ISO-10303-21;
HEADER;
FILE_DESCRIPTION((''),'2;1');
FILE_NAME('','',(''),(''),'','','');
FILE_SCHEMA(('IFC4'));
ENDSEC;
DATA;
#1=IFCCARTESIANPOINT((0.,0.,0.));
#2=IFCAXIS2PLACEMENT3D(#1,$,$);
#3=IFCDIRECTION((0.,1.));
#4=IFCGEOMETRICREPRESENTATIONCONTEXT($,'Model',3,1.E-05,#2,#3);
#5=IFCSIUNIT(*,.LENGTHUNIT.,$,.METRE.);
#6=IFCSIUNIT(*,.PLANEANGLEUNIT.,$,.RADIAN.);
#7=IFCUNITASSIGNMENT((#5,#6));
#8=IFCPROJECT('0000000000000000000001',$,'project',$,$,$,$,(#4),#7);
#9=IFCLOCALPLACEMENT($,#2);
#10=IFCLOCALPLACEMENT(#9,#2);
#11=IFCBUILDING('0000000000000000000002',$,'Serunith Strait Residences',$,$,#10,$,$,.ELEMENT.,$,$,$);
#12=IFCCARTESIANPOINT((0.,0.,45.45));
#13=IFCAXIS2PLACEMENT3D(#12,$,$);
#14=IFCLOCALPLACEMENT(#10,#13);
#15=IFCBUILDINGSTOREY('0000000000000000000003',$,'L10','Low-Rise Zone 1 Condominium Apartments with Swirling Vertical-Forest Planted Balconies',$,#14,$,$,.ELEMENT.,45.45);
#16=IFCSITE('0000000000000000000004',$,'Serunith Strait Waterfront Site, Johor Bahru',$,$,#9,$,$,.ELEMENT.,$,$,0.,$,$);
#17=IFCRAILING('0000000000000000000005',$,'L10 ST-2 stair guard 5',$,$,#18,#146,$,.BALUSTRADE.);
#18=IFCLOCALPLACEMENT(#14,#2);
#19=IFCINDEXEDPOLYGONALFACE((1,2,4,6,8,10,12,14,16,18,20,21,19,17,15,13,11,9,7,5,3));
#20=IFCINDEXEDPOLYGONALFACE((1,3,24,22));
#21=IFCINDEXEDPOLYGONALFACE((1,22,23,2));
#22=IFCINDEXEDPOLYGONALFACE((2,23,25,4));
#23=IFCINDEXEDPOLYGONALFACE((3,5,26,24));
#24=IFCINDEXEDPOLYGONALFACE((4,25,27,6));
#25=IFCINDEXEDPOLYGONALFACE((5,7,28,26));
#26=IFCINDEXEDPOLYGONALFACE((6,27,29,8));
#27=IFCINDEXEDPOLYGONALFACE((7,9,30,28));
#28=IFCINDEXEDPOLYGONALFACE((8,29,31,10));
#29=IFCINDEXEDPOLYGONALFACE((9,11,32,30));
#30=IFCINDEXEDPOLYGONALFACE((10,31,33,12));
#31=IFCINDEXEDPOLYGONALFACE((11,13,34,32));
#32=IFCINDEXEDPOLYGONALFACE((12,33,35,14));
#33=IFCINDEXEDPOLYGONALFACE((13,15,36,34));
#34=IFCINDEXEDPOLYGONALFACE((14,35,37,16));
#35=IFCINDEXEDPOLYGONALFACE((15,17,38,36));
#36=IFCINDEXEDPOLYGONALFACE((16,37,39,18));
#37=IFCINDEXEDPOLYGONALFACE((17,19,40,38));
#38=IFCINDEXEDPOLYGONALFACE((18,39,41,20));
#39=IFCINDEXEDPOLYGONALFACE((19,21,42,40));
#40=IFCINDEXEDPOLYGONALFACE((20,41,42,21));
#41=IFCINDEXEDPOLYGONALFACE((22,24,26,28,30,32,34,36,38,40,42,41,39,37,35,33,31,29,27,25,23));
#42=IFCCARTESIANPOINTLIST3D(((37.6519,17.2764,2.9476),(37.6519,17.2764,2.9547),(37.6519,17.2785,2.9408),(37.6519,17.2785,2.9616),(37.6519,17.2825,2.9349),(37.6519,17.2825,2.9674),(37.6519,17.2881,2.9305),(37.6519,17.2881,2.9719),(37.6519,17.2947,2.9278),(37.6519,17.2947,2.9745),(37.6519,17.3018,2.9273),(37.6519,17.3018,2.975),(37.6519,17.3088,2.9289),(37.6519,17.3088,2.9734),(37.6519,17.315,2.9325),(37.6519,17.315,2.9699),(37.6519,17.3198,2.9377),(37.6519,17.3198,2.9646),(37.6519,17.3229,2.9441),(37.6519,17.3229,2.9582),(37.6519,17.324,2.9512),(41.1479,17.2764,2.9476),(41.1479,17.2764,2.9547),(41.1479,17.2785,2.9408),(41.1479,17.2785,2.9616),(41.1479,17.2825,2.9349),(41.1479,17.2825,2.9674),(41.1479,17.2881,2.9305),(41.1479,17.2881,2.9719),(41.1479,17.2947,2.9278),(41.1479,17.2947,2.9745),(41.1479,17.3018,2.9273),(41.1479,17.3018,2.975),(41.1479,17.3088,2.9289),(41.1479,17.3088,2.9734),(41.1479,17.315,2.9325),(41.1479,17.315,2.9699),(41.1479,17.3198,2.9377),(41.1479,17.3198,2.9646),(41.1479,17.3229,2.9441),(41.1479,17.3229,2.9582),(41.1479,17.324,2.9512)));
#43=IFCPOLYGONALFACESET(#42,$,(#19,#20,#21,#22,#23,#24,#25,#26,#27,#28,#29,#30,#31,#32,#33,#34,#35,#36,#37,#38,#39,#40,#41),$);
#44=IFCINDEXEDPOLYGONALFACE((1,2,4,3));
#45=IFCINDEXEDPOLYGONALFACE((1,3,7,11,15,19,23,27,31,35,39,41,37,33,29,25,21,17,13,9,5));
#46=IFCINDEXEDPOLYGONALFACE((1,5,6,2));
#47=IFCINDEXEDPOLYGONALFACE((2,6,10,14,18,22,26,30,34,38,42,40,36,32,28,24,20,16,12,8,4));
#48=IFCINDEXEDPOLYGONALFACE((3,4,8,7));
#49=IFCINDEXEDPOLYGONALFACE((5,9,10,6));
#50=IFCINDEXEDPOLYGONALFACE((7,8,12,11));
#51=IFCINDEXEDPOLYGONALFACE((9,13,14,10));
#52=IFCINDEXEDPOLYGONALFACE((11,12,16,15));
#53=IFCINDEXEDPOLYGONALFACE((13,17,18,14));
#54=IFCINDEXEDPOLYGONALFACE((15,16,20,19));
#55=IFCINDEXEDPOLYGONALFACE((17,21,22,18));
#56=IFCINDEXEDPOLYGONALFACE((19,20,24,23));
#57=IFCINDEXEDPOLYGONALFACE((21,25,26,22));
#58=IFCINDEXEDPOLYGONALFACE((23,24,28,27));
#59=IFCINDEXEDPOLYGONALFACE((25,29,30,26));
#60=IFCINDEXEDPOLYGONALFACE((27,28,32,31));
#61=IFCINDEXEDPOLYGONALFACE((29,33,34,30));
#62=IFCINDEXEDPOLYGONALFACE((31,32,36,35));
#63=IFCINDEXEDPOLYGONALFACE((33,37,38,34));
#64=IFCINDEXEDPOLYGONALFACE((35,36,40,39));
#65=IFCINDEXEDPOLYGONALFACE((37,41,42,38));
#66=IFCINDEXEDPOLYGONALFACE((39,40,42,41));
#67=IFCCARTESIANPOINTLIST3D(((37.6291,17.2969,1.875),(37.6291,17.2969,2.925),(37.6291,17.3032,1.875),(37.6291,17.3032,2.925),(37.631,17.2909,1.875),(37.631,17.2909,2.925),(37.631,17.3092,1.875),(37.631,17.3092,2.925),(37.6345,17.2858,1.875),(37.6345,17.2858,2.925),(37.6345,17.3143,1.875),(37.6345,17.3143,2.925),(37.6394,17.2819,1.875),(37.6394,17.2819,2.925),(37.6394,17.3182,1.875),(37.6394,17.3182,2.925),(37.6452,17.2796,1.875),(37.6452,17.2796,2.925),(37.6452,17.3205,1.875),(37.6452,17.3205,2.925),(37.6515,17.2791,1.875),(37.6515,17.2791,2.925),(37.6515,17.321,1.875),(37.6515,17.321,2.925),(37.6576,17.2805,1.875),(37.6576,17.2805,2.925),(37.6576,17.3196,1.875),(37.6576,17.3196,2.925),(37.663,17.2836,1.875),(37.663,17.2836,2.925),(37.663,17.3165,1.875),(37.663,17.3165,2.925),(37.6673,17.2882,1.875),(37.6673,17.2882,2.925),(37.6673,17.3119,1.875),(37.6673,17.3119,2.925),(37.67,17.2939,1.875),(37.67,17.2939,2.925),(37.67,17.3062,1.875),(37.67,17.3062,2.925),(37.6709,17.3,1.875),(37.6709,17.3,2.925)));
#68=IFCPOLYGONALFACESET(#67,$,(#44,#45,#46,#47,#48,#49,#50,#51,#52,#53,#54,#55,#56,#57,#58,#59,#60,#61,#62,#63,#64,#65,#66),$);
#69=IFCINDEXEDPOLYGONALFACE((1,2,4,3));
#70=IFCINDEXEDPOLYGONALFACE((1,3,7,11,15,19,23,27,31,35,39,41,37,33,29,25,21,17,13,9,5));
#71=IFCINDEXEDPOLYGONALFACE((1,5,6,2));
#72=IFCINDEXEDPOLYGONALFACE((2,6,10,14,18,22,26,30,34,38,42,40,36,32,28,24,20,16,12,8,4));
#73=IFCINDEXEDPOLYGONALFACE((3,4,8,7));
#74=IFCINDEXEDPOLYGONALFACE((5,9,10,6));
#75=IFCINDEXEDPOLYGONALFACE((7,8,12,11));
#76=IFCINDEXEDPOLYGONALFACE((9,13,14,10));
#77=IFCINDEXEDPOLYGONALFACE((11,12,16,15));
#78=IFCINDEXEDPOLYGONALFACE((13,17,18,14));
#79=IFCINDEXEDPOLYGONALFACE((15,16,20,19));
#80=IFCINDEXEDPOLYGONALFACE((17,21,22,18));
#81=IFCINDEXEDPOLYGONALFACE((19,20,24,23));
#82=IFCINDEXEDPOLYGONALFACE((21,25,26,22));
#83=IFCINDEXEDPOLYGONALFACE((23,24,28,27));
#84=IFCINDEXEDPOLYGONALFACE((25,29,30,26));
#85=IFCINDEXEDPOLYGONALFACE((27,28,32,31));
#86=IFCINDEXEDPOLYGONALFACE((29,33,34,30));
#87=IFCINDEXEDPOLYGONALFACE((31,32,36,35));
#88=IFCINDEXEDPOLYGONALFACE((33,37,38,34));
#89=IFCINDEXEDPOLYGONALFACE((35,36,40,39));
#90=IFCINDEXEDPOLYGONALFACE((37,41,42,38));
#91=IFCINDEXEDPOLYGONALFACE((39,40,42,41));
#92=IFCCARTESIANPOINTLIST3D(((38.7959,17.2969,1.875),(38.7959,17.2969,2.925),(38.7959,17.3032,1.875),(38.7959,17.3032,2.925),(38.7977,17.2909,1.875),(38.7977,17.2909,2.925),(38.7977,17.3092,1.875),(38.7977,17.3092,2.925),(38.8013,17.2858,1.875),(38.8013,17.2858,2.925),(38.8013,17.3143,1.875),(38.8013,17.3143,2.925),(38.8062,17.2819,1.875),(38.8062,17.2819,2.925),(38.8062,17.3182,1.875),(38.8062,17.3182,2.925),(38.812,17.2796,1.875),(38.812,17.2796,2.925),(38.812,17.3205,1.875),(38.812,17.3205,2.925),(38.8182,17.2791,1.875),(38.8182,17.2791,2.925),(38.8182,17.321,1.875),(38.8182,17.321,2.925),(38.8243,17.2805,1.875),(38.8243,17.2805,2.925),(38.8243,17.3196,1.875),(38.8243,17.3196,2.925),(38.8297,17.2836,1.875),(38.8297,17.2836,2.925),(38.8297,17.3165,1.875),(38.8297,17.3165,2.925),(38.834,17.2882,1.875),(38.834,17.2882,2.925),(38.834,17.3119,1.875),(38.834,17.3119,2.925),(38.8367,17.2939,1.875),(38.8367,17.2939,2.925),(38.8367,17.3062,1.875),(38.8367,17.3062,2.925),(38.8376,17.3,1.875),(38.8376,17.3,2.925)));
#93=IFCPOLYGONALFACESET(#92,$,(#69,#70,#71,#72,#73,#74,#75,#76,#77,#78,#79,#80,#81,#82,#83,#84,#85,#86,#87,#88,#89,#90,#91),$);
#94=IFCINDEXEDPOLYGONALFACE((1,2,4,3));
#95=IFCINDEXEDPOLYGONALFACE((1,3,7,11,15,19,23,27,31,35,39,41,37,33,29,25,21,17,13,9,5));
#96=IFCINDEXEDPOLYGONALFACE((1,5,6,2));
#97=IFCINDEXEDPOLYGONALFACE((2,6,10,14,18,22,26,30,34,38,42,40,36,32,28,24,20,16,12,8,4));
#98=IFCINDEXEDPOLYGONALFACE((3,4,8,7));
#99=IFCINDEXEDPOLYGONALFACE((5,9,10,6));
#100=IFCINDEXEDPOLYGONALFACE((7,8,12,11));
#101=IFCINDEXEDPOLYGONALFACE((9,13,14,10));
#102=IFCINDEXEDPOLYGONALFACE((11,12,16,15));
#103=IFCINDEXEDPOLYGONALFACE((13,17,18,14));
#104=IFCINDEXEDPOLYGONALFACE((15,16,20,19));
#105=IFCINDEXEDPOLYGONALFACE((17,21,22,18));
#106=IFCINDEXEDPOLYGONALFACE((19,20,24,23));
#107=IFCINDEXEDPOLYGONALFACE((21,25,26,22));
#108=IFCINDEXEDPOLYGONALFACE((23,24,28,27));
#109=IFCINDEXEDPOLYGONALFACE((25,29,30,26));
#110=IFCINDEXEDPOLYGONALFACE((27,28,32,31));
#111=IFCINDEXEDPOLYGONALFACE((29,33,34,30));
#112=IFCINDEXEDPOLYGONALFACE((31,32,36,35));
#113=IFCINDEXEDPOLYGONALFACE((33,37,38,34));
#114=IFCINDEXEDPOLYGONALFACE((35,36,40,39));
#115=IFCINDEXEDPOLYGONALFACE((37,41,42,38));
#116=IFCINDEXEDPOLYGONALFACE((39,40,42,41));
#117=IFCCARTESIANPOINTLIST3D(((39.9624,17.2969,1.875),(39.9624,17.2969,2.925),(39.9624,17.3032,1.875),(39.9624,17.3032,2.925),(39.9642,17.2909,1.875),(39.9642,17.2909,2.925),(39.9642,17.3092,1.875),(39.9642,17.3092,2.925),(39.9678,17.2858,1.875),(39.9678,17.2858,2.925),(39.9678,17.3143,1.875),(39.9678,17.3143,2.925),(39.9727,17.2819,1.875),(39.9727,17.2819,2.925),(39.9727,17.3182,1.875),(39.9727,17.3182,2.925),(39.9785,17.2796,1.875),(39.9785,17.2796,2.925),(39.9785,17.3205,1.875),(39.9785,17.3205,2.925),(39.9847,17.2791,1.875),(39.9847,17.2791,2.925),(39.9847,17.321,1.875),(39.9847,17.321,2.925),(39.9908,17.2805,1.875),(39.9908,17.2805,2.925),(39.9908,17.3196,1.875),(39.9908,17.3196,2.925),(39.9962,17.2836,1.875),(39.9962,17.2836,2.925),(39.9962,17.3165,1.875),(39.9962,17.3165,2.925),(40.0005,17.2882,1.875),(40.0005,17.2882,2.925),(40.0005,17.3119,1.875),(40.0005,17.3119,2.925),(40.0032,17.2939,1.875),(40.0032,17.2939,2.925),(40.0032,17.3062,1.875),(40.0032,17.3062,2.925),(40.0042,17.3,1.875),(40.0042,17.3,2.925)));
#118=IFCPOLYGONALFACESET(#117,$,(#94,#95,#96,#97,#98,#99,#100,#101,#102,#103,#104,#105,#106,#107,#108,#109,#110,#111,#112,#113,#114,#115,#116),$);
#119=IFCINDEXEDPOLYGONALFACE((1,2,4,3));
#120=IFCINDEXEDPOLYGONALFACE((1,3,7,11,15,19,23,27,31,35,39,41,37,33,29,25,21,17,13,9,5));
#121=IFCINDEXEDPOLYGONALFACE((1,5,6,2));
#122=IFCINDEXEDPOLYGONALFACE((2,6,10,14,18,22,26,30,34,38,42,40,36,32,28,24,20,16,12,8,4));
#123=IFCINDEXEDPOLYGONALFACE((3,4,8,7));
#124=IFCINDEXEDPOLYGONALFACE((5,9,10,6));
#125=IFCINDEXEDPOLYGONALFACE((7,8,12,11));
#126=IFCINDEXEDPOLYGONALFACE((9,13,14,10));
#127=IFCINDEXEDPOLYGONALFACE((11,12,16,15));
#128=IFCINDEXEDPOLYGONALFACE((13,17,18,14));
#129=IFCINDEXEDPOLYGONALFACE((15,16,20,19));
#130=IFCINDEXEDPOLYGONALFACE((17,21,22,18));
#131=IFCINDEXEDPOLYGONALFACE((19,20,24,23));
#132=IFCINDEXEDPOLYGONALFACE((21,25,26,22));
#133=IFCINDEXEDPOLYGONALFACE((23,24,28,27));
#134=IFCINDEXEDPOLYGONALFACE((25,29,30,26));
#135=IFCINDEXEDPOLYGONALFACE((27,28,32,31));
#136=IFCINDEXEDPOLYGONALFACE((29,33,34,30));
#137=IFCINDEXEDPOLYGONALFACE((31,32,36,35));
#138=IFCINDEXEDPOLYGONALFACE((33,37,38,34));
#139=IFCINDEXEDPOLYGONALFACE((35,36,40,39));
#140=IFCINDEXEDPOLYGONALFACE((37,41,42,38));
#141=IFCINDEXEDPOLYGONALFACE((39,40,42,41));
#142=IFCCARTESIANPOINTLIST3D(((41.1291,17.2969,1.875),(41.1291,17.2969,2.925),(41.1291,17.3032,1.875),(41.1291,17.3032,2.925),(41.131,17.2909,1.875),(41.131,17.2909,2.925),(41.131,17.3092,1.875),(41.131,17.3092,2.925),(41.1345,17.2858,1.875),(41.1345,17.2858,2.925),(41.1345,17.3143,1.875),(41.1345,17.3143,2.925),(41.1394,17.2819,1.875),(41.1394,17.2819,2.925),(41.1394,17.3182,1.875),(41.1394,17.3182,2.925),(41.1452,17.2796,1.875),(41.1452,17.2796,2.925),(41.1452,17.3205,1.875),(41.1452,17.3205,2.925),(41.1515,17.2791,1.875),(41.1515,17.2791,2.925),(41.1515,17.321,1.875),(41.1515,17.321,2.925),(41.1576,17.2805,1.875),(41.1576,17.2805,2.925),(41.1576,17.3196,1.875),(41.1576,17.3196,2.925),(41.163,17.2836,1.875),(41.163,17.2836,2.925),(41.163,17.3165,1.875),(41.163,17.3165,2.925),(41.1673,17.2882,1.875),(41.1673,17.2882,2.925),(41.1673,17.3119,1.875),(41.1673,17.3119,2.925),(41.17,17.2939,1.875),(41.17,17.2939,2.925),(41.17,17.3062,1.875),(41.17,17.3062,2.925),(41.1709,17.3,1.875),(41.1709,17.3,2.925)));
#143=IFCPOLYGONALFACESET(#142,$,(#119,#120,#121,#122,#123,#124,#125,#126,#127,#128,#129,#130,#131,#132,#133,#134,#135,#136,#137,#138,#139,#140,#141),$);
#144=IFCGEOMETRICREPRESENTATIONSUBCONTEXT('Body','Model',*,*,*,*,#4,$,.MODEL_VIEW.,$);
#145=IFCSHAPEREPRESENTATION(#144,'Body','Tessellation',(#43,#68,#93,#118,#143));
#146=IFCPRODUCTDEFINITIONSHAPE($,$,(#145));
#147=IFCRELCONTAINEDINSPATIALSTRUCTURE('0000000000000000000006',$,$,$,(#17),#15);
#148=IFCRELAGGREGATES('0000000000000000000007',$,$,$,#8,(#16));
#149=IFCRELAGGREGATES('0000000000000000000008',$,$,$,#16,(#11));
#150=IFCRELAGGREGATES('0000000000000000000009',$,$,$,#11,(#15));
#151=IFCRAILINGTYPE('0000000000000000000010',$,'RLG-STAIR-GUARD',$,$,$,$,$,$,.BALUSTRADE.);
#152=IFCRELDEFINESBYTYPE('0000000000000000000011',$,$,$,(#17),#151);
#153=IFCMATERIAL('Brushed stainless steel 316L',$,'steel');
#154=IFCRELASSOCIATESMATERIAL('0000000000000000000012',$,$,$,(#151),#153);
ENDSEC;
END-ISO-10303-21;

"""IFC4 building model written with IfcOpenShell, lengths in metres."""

from ifc_helpers import new_model, si_unit, direction, frame, origin, origin_2d, place, context, subcontext, project, spatial, circle, extrude, material, type_object, element, save


model = new_model("IFC4")

# Units and contexts
model_context = context("Model", 3, precision=1e-05, world=origin(), true_north=direction((0.0, 1.0)))
body_context = subcontext(model_context, "Body", "Model", "MODEL_VIEW")
ifc_project = project(units=[si_unit("LENGTHUNIT", "METRE"), si_unit("PLANEANGLEUNIT", "RADIAN")], contexts=[model_context])

# Site, building, storey
site_placement = place(None, origin())
site = spatial("IfcSite", under=ifc_project, at=site_placement, Name="Serunith Strait Waterfront Site, Johor Bahru", CompositionType="ELEMENT", RefElevation=0.0)
building_placement = place(site_placement, origin())
building = spatial("IfcBuilding", under=site, at=building_placement, Name="Serunith Strait Residences", CompositionType="ELEMENT")
storey_placement = place(building_placement, frame((0.0, 0.0, 45.45)))
storey = spatial("IfcBuildingStorey", under=building, at=storey_placement, Name="L10", Description="Low-Rise Zone 1 Condominium Apartments with Swirling Vertical-Forest Planted Balconies", CompositionType="ELEMENT", Elevation=45.45)

# Railing
ifc_material_1 = material(Name="Brushed stainless steel 316L", Category="steel")
railing_type_1 = type_object("IfcRailingType", Name="RLG-STAIR-GUARD", PredefinedType="BALUSTRADE", material=ifc_material_1)
railing_1_placement = place(storey_placement, frame((37.6499, 17.3, 1.875)))
element("IfcRailing", 1, at=railing_1_placement, inside=storey, type_object=railing_type_1, Name="L10 ST-2 stair guard 5", PredefinedType="BALUSTRADE", context=body_context, shape_type="SweptSolid", body=[
    extrude(circle(Radius=0.0239, at=origin_2d()), frame((0.002, 0.0, 1.0762), z_axis=(1.0, 0.0, 0.0), x_axis=(0.0, 1.0, 0.0)), (0.0, 0.0, 1.0), 3.4961),
    extrude(circle(Radius=0.021, at=origin_2d()), origin(), (0.0, 0.0, 1.0), 1.05),
    extrude(circle(Radius=0.021, at=origin_2d()), frame((1.1667, 0.0, 0.0)), (0.0, 0.0, 1.0), 1.05),
    extrude(circle(Radius=0.021, at=origin_2d()), frame((2.3333, 0.0, 0.0)), (0.0, 0.0, 1.0), 1.05),
    extrude(circle(Radius=0.021, at=origin_2d()), frame((3.5, 0.0, 0.0)), (0.0, 0.0, 1.0), 1.05),
])

save(model, "model.ifc")
